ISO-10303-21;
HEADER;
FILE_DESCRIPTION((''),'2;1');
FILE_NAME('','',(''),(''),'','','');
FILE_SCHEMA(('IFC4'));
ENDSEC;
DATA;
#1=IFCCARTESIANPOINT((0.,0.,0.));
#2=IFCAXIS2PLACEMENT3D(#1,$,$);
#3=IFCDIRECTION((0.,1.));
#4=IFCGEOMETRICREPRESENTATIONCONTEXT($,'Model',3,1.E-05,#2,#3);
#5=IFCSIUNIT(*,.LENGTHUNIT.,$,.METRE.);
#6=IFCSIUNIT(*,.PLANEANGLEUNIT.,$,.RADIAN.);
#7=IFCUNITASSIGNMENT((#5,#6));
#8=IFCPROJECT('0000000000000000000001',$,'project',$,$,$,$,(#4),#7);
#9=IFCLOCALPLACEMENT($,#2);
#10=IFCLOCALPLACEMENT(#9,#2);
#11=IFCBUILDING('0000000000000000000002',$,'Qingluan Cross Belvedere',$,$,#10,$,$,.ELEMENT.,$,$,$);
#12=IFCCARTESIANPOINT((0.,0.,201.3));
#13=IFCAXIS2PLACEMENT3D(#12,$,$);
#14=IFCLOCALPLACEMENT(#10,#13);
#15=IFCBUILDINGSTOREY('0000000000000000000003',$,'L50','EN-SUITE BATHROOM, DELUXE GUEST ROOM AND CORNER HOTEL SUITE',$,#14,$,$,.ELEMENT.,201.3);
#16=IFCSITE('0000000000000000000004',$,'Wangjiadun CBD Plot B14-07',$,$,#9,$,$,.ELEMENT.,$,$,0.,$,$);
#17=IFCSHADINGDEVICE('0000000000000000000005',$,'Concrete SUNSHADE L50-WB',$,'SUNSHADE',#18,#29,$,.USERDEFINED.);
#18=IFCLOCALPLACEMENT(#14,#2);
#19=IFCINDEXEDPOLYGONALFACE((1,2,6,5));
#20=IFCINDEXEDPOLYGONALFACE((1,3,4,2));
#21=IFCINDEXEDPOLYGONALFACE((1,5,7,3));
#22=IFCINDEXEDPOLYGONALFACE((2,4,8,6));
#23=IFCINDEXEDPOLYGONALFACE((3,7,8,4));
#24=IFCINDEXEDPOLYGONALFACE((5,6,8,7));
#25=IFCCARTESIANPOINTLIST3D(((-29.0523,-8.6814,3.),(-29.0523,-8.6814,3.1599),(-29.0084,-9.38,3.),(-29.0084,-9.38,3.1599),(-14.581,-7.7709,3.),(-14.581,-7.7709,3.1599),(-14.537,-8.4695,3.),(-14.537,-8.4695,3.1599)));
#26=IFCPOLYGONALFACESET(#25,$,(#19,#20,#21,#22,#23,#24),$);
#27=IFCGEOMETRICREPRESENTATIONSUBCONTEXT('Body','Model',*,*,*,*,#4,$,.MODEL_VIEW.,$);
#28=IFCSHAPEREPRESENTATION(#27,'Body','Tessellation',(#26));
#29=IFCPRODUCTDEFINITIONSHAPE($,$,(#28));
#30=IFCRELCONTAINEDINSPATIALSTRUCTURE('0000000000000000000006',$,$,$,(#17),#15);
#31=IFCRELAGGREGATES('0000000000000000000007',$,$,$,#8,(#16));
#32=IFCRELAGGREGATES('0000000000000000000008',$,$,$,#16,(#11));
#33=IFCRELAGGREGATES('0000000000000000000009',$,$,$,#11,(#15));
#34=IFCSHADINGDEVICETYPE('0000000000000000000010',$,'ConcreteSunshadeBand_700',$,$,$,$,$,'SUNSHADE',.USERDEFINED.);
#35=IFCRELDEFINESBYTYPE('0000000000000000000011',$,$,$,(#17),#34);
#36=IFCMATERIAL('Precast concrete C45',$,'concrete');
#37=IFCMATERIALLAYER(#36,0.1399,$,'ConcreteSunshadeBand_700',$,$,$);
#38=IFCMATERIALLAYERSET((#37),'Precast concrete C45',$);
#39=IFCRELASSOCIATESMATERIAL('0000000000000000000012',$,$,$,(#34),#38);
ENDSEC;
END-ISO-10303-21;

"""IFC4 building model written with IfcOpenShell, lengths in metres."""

from ifc_helpers import new_model, si_unit, direction, frame, origin, origin_2d, place, context, subcontext, project, spatial, rectangle, extrude, material, layer, layer_set, type_object, element, save


model = new_model("IFC4")

# Units and contexts
model_context = context("Model", 3, precision=1e-05, world=origin(), true_north=direction((0.0, 1.0)))
body_context = subcontext(model_context, "Body", "Model", "MODEL_VIEW")
ifc_project = project(units=[si_unit("LENGTHUNIT", "METRE"), si_unit("PLANEANGLEUNIT", "RADIAN")], contexts=[model_context])

# Site, building, storey
site_placement = place(None, origin())
site = spatial("IfcSite", under=ifc_project, at=site_placement, Name="Wangjiadun CBD Plot B14-07", CompositionType="ELEMENT", RefElevation=0.0)
building_placement = place(site_placement, origin())
building = spatial("IfcBuilding", under=site, at=building_placement, Name="Qingluan Cross Belvedere", CompositionType="ELEMENT")
storey_placement = place(building_placement, frame((0.0, 0.0, 201.3)))
storey = spatial("IfcBuildingStorey", under=building, at=storey_placement, Name="L50", Description="EN-SUITE BATHROOM, DELUXE GUEST ROOM AND CORNER HOTEL SUITE", CompositionType="ELEMENT", Elevation=201.3)

# Shading device
ifc_material_1 = material(Name="Precast concrete C45", Category="concrete")
ifc_layer_1 = layer(ifc_material_1, 0.1399, Name="ConcreteSunshadeBand_700")
ifc_layer_set_1 = layer_set([ifc_layer_1], Name="Precast concrete C45")
shading_device_type = type_object("IfcShadingDeviceType", Name="ConcreteSunshadeBand_700", ElementType="SUNSHADE", PredefinedType="USERDEFINED", material=ifc_layer_set_1)
shading_device_placement = place(storey_placement, frame((-21.7947, -8.5754, 3.0), z_axis=(0.0, 0.0, 1.0), x_axis=(0.998026, 0.062796, 0.0)))
element("IfcShadingDevice", 1, at=shading_device_placement, inside=storey, type_object=shading_device_type, Name="Concrete SUNSHADE L50-WB", ObjectType="SUNSHADE", PredefinedType="USERDEFINED", context=body_context, shape_type="SweptSolid", body=[
    extrude(rectangle(XDim=14.5, YDim=0.7, at=origin_2d()), origin(), (0.0, 0.0, 1.0), 0.1599),
])

save(model, "model.ifc")
